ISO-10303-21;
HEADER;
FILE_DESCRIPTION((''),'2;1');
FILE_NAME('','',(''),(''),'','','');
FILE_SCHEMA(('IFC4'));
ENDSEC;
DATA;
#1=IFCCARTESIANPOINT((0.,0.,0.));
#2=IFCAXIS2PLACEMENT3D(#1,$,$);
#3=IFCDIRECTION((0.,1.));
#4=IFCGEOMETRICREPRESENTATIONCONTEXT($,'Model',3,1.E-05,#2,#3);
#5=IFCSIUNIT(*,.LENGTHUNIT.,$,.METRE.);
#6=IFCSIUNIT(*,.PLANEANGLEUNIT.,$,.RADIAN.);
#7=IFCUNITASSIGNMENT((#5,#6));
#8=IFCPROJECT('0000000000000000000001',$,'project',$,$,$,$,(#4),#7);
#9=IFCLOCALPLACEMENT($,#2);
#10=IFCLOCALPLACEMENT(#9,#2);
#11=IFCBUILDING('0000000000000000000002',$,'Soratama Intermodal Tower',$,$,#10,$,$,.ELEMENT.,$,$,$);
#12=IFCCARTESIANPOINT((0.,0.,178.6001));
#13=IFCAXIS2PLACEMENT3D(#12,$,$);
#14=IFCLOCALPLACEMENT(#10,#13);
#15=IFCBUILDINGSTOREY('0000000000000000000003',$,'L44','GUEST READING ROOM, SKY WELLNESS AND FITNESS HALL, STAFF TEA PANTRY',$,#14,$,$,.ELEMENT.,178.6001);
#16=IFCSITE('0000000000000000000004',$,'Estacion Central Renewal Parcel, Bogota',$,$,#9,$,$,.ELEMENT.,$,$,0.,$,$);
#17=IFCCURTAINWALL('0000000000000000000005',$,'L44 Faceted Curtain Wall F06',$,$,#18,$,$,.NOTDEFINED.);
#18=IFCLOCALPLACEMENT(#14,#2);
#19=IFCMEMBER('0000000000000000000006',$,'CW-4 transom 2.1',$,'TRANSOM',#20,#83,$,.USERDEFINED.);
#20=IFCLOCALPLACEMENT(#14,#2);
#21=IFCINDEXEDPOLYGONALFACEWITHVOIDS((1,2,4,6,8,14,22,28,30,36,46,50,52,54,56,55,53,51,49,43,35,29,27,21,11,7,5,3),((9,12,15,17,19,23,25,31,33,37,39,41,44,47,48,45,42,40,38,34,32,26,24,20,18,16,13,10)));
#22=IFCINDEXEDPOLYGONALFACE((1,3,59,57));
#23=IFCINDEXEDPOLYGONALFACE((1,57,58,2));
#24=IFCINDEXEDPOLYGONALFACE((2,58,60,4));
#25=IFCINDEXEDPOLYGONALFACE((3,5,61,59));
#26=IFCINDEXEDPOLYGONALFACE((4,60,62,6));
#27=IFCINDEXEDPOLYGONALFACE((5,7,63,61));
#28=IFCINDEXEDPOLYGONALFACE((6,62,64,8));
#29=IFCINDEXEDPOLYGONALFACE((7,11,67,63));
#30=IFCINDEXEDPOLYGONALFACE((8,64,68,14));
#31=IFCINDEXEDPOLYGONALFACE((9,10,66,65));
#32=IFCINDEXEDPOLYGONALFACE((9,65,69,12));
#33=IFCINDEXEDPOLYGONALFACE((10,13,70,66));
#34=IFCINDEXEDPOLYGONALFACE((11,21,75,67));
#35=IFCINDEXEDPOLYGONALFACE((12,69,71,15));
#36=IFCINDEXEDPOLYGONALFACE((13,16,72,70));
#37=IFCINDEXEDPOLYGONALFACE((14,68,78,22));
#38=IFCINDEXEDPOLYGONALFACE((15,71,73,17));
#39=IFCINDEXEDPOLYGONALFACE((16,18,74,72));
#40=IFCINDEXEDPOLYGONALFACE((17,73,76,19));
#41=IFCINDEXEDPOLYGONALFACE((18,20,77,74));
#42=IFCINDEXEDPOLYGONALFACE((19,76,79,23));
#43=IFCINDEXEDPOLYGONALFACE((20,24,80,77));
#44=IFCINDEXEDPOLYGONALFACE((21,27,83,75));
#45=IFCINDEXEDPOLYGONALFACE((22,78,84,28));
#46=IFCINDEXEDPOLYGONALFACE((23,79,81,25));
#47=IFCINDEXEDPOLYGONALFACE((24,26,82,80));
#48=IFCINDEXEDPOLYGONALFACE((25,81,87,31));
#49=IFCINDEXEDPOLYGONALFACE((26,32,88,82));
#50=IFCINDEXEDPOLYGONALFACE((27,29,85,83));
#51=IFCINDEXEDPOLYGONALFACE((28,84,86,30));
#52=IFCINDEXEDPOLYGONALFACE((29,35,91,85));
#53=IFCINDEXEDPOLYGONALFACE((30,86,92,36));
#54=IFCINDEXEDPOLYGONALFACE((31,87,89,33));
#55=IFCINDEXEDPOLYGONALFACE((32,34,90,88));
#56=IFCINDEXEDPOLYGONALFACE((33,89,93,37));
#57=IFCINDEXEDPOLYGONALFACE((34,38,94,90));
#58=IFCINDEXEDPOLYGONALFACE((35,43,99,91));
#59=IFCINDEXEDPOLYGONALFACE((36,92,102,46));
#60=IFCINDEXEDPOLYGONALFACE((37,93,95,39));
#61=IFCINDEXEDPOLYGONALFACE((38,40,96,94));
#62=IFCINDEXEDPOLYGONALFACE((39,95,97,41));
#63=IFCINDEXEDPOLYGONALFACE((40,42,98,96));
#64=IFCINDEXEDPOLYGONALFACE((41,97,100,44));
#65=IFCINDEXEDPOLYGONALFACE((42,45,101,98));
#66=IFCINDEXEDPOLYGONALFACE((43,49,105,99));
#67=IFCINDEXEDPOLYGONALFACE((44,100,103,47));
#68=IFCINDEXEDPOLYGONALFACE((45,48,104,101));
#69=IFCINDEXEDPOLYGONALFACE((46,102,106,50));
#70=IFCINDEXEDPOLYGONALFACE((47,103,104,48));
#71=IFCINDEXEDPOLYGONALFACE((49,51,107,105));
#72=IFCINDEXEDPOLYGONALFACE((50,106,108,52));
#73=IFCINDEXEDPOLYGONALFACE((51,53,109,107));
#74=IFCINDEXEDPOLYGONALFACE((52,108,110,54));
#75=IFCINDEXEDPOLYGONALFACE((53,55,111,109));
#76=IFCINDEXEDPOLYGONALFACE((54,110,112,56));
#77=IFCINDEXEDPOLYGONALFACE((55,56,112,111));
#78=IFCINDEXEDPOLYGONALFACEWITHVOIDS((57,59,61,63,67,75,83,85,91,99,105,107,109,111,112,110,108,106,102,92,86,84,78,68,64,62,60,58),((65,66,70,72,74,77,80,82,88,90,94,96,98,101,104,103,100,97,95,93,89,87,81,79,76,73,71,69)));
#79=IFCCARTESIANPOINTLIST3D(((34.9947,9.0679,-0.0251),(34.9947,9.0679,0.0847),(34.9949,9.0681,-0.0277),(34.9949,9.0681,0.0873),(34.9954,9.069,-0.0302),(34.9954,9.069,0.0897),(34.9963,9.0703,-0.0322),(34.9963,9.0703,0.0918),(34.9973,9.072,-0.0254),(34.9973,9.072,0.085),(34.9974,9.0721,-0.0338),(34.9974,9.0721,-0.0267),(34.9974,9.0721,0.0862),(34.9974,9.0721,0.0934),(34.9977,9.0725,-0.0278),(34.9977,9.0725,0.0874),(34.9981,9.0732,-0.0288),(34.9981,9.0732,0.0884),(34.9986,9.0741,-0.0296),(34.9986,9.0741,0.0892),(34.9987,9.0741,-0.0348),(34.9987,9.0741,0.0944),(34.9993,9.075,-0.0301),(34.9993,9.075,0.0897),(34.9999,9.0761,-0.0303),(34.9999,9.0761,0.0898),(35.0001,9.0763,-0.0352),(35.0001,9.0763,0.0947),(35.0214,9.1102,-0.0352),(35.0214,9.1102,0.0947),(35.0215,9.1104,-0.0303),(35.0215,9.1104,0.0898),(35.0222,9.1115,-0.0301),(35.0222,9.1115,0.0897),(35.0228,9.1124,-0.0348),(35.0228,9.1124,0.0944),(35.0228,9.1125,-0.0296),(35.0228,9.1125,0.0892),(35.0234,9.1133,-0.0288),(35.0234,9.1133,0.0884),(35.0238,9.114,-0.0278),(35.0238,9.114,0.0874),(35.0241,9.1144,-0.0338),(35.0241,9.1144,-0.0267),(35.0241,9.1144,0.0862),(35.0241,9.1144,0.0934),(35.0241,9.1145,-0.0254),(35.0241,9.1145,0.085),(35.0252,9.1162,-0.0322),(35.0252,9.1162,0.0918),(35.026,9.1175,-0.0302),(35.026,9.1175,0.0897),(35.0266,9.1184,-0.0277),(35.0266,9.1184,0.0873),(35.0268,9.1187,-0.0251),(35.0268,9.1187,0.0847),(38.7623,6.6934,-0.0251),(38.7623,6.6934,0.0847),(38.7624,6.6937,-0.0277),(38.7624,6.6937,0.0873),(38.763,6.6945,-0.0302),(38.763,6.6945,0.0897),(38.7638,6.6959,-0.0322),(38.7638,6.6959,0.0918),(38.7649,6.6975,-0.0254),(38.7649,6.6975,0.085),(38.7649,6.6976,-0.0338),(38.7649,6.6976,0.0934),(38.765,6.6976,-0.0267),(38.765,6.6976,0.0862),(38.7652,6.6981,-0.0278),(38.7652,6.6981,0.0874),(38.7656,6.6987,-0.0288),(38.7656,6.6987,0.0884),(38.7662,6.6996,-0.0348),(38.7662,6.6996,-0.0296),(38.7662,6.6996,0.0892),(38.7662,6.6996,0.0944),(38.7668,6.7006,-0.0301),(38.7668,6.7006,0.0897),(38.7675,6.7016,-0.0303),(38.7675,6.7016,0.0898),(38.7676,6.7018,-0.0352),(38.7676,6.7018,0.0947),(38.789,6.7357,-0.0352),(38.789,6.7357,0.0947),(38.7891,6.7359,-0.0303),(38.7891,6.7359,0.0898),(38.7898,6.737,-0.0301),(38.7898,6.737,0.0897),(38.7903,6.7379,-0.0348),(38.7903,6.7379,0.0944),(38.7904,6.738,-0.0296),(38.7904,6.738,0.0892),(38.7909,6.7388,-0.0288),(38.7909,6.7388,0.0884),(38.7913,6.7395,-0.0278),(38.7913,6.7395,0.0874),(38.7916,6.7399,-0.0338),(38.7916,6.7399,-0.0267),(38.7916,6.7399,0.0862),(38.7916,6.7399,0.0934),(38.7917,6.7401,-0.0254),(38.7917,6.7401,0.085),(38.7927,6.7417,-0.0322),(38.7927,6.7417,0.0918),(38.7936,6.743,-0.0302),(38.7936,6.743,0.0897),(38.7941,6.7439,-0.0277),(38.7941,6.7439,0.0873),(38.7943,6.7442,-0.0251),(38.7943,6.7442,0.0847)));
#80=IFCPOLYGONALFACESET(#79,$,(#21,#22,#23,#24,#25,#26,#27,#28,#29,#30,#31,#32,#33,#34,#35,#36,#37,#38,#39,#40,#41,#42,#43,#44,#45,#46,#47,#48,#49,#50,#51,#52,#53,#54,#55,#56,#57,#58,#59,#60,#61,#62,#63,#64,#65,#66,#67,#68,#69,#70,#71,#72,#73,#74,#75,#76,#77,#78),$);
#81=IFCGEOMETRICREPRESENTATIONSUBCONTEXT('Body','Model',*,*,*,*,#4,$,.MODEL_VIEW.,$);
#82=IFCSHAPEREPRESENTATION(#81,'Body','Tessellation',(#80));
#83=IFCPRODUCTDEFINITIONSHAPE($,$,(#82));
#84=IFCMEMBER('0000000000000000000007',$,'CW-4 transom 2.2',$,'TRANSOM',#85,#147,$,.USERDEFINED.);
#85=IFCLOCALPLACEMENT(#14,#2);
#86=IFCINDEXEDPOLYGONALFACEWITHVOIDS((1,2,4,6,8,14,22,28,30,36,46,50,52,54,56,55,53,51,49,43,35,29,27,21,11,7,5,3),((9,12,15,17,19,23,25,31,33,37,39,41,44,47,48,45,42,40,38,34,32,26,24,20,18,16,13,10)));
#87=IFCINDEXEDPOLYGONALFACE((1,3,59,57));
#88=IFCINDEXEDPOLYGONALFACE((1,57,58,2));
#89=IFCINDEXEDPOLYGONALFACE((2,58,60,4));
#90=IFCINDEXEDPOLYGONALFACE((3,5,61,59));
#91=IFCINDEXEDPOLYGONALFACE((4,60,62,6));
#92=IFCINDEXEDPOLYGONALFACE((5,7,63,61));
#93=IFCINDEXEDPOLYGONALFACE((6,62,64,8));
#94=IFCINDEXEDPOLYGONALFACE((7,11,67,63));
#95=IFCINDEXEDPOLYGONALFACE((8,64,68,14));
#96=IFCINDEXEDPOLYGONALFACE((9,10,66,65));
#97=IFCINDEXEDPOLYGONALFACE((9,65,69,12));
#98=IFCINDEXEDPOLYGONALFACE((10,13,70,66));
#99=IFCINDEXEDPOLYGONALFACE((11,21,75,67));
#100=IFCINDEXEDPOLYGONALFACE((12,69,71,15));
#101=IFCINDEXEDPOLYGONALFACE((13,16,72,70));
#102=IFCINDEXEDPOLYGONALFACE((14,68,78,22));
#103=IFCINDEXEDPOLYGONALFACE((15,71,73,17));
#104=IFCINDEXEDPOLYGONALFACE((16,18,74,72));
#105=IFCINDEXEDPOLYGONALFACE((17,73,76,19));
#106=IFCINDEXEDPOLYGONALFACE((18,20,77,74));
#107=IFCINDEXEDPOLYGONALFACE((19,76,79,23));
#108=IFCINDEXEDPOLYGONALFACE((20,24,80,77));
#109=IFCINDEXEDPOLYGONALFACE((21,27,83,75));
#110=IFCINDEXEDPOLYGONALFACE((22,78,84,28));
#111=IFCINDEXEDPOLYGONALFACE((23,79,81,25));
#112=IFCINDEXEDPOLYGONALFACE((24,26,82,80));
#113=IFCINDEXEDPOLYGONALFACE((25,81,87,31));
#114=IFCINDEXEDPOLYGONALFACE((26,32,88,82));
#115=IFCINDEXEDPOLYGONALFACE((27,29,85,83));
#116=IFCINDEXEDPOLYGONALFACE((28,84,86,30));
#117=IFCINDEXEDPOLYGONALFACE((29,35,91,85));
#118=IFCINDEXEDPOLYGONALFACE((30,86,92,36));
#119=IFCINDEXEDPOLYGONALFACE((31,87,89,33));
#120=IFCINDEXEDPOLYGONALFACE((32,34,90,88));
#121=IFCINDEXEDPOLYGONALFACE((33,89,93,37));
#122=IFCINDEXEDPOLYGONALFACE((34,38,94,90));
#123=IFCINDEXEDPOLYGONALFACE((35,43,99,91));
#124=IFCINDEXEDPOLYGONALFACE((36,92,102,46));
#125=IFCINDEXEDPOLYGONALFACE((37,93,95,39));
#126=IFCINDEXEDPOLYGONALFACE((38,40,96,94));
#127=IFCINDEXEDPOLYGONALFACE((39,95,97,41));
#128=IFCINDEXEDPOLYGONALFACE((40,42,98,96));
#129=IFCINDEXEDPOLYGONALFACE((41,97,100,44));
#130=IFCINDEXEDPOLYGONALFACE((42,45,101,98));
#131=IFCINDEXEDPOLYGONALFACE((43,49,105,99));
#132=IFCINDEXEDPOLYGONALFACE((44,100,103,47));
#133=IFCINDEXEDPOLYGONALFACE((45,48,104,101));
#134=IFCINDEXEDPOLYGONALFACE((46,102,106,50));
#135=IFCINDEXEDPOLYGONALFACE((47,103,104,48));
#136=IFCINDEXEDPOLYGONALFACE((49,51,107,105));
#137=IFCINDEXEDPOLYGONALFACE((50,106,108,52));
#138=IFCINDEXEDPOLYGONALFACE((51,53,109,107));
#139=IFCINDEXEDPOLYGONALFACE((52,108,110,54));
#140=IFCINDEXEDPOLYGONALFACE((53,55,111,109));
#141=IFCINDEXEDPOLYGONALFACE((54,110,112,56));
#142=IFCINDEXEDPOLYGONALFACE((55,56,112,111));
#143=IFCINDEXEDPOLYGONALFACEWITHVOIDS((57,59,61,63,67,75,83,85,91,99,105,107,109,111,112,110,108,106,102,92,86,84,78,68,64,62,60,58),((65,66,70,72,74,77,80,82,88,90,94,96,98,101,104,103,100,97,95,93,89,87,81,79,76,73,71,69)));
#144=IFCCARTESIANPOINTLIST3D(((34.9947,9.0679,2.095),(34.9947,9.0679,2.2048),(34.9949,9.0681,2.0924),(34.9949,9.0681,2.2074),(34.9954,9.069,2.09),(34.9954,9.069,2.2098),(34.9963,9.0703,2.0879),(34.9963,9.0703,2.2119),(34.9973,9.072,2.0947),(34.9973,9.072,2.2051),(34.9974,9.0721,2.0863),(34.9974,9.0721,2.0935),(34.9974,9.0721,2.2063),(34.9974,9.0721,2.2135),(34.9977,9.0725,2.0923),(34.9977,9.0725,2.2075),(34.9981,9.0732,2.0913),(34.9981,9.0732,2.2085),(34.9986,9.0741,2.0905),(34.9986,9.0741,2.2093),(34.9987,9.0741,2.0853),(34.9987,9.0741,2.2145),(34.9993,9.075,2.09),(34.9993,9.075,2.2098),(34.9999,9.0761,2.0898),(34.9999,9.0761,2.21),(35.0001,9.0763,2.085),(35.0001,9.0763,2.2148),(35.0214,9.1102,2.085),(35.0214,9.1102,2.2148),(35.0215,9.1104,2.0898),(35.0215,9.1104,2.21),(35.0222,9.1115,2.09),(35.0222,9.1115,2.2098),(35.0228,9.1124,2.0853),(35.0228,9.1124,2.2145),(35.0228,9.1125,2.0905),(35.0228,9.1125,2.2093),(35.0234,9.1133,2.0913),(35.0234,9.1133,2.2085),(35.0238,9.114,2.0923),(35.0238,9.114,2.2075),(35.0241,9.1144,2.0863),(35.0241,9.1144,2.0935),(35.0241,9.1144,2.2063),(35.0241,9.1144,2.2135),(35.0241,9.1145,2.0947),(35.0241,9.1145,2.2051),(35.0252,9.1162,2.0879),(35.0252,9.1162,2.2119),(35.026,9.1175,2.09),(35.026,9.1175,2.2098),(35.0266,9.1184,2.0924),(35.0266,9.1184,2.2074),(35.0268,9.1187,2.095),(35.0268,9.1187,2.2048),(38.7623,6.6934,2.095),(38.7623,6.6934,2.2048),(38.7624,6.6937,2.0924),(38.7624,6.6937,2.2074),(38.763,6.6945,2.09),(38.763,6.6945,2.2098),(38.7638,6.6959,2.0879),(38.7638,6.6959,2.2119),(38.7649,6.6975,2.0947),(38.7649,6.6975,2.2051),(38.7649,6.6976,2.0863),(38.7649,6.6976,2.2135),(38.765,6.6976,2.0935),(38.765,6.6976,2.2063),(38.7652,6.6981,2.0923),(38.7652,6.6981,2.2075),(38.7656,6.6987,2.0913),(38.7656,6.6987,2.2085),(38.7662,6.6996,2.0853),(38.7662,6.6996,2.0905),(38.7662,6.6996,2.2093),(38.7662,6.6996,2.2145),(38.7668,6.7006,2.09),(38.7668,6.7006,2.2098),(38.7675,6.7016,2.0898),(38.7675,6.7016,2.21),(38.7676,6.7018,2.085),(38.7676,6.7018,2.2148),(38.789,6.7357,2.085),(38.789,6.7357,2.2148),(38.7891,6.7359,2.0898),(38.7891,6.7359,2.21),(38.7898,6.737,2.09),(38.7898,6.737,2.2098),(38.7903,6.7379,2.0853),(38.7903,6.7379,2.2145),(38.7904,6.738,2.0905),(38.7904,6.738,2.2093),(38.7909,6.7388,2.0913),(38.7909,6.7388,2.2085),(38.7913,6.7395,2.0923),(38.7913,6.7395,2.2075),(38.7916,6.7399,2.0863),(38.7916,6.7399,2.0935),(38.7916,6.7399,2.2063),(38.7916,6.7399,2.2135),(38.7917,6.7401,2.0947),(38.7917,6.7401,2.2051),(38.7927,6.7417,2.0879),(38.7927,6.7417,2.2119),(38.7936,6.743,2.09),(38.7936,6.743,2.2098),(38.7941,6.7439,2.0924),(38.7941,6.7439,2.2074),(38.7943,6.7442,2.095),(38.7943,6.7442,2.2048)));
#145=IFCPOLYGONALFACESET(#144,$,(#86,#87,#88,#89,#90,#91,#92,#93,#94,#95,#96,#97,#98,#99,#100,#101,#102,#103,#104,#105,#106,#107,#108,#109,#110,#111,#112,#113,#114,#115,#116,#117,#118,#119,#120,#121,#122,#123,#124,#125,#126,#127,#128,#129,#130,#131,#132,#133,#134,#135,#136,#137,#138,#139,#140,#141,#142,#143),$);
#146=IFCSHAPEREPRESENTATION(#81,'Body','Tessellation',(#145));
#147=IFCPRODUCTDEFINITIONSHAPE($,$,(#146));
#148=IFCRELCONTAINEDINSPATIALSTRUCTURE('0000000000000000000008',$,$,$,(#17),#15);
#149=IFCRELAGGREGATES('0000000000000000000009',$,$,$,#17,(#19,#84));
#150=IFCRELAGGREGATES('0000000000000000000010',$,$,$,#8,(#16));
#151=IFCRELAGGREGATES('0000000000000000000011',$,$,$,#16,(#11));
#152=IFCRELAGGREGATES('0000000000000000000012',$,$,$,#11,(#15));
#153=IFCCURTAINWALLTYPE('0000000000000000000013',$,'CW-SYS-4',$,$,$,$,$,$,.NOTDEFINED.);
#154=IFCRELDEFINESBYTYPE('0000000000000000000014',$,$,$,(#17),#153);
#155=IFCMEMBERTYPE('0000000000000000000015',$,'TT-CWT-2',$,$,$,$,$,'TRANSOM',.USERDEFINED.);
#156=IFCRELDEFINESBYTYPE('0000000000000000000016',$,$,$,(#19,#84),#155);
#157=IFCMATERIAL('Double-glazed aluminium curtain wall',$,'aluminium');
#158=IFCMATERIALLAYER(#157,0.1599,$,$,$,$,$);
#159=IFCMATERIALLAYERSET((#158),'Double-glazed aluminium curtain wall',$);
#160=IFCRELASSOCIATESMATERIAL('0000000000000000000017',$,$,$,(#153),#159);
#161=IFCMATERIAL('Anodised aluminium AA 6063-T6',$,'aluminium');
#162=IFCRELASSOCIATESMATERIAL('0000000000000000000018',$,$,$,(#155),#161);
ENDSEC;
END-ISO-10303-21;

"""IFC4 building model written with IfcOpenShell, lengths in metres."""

from ifc_helpers import new_model, si_unit, direction, frame, origin, origin_2d, place, context, subcontext, project, spatial, hollow_rectangle, extrude, material, layer, layer_set, material_profile, profile_set, type_object, element, aggregate, save


model = new_model("IFC4")

# Units and contexts
model_context = context("Model", 3, precision=1e-05, world=origin(), true_north=direction((0.0, 1.0)))
body_context = subcontext(model_context, "Body", "Model", "MODEL_VIEW")
ifc_project = project(units=[si_unit("LENGTHUNIT", "METRE"), si_unit("PLANEANGLEUNIT", "RADIAN")], contexts=[model_context])

# Site, building, storey
site_placement = place(None, origin())
site = spatial("IfcSite", under=ifc_project, at=site_placement, Name="Estacion Central Renewal Parcel, Bogota", CompositionType="ELEMENT", RefElevation=0.0)
building_placement = place(site_placement, origin())
building = spatial("IfcBuilding", under=site, at=building_placement, Name="Soratama Intermodal Tower", CompositionType="ELEMENT")
storey_placement = place(building_placement, frame((0.0, 0.0, 178.6001)))
storey = spatial("IfcBuildingStorey", under=building, at=storey_placement, Name="L44", Description="GUEST READING ROOM, SKY WELLNESS AND FITNESS HALL, STAFF TEA PANTRY", CompositionType="ELEMENT", Elevation=178.6001)

# Curtain wall, members
ifc_material_1 = material(Name="Double-glazed aluminium curtain wall", Category="aluminium")
ifc_layer_1 = layer(ifc_material_1, 0.1599)
ifc_layer_set_1 = layer_set([ifc_layer_1], Name="Double-glazed aluminium curtain wall")
curtain_wall_type = type_object("IfcCurtainWallType", Name="CW-SYS-4", PredefinedType="NOTDEFINED", material=ifc_layer_set_1)
curtain_wall_placement = place(storey_placement, origin())
curtain_wall = element("IfcCurtainWall", 1, at=curtain_wall_placement, inside=storey, type_object=curtain_wall_type, Name="L44 Faceted Curtain Wall F06", PredefinedType="NOTDEFINED")
ifc_material_2 = material(Name="Anodised aluminium AA 6063-T6", Category="aluminium")
ifc_material_profile_1 = material_profile(ifc_material_2, hollow_rectangle(XDim=0.0601, YDim=0.1299, WallThickness=0.0049, InnerFilletRadius=0.0049, OuterFilletRadius=0.01, at=origin_2d()), Name="CWT130X60X5")
ifc_profile_set_1 = profile_set([ifc_material_profile_1], Name="Anodised aluminium AA 6063-T6")
member_type_1 = type_object("IfcMemberType", Name="TT-CWT-2", ElementType="TRANSOM", PredefinedType="USERDEFINED", material=ifc_profile_set_1)
member_1_placement = place(storey_placement, frame((35.0107, 9.0933, 0.0298), z_axis=(0.845997, -0.533188, 0.0), x_axis=(0.533188, 0.845997, 0.0)))
member_1 = element("IfcMember", 2, at=member_1_placement, type_object=member_type_1, Name="CW-4 transom 2.1", ObjectType="TRANSOM", PredefinedType="USERDEFINED", context=body_context, shape_type="SweptSolid", body=[
    extrude(hollow_rectangle(XDim=0.0601, YDim=0.1299, WallThickness=0.0049, InnerFilletRadius=0.0049, OuterFilletRadius=0.01, at=origin_2d()), origin(), (0.0, 0.0, 1.0), 4.4534),
])
member_2_placement = place(storey_placement, frame((35.0107, 9.0933, 2.1499), z_axis=(0.845997, -0.533188, 0.0), x_axis=(0.533188, 0.845997, 0.0)))
member_2 = element("IfcMember", 3, at=member_2_placement, type_object=member_type_1, Name="CW-4 transom 2.2", ObjectType="TRANSOM", PredefinedType="USERDEFINED", context=body_context, shape_type="SweptSolid", body=[
    extrude(hollow_rectangle(XDim=0.0601, YDim=0.1299, WallThickness=0.0049, InnerFilletRadius=0.0049, OuterFilletRadius=0.01, at=origin_2d()), origin(), (0.0, 0.0, 1.0), 4.4534),
])
aggregate(curtain_wall, [member_1, member_2])

save(model, "model.ifc")
